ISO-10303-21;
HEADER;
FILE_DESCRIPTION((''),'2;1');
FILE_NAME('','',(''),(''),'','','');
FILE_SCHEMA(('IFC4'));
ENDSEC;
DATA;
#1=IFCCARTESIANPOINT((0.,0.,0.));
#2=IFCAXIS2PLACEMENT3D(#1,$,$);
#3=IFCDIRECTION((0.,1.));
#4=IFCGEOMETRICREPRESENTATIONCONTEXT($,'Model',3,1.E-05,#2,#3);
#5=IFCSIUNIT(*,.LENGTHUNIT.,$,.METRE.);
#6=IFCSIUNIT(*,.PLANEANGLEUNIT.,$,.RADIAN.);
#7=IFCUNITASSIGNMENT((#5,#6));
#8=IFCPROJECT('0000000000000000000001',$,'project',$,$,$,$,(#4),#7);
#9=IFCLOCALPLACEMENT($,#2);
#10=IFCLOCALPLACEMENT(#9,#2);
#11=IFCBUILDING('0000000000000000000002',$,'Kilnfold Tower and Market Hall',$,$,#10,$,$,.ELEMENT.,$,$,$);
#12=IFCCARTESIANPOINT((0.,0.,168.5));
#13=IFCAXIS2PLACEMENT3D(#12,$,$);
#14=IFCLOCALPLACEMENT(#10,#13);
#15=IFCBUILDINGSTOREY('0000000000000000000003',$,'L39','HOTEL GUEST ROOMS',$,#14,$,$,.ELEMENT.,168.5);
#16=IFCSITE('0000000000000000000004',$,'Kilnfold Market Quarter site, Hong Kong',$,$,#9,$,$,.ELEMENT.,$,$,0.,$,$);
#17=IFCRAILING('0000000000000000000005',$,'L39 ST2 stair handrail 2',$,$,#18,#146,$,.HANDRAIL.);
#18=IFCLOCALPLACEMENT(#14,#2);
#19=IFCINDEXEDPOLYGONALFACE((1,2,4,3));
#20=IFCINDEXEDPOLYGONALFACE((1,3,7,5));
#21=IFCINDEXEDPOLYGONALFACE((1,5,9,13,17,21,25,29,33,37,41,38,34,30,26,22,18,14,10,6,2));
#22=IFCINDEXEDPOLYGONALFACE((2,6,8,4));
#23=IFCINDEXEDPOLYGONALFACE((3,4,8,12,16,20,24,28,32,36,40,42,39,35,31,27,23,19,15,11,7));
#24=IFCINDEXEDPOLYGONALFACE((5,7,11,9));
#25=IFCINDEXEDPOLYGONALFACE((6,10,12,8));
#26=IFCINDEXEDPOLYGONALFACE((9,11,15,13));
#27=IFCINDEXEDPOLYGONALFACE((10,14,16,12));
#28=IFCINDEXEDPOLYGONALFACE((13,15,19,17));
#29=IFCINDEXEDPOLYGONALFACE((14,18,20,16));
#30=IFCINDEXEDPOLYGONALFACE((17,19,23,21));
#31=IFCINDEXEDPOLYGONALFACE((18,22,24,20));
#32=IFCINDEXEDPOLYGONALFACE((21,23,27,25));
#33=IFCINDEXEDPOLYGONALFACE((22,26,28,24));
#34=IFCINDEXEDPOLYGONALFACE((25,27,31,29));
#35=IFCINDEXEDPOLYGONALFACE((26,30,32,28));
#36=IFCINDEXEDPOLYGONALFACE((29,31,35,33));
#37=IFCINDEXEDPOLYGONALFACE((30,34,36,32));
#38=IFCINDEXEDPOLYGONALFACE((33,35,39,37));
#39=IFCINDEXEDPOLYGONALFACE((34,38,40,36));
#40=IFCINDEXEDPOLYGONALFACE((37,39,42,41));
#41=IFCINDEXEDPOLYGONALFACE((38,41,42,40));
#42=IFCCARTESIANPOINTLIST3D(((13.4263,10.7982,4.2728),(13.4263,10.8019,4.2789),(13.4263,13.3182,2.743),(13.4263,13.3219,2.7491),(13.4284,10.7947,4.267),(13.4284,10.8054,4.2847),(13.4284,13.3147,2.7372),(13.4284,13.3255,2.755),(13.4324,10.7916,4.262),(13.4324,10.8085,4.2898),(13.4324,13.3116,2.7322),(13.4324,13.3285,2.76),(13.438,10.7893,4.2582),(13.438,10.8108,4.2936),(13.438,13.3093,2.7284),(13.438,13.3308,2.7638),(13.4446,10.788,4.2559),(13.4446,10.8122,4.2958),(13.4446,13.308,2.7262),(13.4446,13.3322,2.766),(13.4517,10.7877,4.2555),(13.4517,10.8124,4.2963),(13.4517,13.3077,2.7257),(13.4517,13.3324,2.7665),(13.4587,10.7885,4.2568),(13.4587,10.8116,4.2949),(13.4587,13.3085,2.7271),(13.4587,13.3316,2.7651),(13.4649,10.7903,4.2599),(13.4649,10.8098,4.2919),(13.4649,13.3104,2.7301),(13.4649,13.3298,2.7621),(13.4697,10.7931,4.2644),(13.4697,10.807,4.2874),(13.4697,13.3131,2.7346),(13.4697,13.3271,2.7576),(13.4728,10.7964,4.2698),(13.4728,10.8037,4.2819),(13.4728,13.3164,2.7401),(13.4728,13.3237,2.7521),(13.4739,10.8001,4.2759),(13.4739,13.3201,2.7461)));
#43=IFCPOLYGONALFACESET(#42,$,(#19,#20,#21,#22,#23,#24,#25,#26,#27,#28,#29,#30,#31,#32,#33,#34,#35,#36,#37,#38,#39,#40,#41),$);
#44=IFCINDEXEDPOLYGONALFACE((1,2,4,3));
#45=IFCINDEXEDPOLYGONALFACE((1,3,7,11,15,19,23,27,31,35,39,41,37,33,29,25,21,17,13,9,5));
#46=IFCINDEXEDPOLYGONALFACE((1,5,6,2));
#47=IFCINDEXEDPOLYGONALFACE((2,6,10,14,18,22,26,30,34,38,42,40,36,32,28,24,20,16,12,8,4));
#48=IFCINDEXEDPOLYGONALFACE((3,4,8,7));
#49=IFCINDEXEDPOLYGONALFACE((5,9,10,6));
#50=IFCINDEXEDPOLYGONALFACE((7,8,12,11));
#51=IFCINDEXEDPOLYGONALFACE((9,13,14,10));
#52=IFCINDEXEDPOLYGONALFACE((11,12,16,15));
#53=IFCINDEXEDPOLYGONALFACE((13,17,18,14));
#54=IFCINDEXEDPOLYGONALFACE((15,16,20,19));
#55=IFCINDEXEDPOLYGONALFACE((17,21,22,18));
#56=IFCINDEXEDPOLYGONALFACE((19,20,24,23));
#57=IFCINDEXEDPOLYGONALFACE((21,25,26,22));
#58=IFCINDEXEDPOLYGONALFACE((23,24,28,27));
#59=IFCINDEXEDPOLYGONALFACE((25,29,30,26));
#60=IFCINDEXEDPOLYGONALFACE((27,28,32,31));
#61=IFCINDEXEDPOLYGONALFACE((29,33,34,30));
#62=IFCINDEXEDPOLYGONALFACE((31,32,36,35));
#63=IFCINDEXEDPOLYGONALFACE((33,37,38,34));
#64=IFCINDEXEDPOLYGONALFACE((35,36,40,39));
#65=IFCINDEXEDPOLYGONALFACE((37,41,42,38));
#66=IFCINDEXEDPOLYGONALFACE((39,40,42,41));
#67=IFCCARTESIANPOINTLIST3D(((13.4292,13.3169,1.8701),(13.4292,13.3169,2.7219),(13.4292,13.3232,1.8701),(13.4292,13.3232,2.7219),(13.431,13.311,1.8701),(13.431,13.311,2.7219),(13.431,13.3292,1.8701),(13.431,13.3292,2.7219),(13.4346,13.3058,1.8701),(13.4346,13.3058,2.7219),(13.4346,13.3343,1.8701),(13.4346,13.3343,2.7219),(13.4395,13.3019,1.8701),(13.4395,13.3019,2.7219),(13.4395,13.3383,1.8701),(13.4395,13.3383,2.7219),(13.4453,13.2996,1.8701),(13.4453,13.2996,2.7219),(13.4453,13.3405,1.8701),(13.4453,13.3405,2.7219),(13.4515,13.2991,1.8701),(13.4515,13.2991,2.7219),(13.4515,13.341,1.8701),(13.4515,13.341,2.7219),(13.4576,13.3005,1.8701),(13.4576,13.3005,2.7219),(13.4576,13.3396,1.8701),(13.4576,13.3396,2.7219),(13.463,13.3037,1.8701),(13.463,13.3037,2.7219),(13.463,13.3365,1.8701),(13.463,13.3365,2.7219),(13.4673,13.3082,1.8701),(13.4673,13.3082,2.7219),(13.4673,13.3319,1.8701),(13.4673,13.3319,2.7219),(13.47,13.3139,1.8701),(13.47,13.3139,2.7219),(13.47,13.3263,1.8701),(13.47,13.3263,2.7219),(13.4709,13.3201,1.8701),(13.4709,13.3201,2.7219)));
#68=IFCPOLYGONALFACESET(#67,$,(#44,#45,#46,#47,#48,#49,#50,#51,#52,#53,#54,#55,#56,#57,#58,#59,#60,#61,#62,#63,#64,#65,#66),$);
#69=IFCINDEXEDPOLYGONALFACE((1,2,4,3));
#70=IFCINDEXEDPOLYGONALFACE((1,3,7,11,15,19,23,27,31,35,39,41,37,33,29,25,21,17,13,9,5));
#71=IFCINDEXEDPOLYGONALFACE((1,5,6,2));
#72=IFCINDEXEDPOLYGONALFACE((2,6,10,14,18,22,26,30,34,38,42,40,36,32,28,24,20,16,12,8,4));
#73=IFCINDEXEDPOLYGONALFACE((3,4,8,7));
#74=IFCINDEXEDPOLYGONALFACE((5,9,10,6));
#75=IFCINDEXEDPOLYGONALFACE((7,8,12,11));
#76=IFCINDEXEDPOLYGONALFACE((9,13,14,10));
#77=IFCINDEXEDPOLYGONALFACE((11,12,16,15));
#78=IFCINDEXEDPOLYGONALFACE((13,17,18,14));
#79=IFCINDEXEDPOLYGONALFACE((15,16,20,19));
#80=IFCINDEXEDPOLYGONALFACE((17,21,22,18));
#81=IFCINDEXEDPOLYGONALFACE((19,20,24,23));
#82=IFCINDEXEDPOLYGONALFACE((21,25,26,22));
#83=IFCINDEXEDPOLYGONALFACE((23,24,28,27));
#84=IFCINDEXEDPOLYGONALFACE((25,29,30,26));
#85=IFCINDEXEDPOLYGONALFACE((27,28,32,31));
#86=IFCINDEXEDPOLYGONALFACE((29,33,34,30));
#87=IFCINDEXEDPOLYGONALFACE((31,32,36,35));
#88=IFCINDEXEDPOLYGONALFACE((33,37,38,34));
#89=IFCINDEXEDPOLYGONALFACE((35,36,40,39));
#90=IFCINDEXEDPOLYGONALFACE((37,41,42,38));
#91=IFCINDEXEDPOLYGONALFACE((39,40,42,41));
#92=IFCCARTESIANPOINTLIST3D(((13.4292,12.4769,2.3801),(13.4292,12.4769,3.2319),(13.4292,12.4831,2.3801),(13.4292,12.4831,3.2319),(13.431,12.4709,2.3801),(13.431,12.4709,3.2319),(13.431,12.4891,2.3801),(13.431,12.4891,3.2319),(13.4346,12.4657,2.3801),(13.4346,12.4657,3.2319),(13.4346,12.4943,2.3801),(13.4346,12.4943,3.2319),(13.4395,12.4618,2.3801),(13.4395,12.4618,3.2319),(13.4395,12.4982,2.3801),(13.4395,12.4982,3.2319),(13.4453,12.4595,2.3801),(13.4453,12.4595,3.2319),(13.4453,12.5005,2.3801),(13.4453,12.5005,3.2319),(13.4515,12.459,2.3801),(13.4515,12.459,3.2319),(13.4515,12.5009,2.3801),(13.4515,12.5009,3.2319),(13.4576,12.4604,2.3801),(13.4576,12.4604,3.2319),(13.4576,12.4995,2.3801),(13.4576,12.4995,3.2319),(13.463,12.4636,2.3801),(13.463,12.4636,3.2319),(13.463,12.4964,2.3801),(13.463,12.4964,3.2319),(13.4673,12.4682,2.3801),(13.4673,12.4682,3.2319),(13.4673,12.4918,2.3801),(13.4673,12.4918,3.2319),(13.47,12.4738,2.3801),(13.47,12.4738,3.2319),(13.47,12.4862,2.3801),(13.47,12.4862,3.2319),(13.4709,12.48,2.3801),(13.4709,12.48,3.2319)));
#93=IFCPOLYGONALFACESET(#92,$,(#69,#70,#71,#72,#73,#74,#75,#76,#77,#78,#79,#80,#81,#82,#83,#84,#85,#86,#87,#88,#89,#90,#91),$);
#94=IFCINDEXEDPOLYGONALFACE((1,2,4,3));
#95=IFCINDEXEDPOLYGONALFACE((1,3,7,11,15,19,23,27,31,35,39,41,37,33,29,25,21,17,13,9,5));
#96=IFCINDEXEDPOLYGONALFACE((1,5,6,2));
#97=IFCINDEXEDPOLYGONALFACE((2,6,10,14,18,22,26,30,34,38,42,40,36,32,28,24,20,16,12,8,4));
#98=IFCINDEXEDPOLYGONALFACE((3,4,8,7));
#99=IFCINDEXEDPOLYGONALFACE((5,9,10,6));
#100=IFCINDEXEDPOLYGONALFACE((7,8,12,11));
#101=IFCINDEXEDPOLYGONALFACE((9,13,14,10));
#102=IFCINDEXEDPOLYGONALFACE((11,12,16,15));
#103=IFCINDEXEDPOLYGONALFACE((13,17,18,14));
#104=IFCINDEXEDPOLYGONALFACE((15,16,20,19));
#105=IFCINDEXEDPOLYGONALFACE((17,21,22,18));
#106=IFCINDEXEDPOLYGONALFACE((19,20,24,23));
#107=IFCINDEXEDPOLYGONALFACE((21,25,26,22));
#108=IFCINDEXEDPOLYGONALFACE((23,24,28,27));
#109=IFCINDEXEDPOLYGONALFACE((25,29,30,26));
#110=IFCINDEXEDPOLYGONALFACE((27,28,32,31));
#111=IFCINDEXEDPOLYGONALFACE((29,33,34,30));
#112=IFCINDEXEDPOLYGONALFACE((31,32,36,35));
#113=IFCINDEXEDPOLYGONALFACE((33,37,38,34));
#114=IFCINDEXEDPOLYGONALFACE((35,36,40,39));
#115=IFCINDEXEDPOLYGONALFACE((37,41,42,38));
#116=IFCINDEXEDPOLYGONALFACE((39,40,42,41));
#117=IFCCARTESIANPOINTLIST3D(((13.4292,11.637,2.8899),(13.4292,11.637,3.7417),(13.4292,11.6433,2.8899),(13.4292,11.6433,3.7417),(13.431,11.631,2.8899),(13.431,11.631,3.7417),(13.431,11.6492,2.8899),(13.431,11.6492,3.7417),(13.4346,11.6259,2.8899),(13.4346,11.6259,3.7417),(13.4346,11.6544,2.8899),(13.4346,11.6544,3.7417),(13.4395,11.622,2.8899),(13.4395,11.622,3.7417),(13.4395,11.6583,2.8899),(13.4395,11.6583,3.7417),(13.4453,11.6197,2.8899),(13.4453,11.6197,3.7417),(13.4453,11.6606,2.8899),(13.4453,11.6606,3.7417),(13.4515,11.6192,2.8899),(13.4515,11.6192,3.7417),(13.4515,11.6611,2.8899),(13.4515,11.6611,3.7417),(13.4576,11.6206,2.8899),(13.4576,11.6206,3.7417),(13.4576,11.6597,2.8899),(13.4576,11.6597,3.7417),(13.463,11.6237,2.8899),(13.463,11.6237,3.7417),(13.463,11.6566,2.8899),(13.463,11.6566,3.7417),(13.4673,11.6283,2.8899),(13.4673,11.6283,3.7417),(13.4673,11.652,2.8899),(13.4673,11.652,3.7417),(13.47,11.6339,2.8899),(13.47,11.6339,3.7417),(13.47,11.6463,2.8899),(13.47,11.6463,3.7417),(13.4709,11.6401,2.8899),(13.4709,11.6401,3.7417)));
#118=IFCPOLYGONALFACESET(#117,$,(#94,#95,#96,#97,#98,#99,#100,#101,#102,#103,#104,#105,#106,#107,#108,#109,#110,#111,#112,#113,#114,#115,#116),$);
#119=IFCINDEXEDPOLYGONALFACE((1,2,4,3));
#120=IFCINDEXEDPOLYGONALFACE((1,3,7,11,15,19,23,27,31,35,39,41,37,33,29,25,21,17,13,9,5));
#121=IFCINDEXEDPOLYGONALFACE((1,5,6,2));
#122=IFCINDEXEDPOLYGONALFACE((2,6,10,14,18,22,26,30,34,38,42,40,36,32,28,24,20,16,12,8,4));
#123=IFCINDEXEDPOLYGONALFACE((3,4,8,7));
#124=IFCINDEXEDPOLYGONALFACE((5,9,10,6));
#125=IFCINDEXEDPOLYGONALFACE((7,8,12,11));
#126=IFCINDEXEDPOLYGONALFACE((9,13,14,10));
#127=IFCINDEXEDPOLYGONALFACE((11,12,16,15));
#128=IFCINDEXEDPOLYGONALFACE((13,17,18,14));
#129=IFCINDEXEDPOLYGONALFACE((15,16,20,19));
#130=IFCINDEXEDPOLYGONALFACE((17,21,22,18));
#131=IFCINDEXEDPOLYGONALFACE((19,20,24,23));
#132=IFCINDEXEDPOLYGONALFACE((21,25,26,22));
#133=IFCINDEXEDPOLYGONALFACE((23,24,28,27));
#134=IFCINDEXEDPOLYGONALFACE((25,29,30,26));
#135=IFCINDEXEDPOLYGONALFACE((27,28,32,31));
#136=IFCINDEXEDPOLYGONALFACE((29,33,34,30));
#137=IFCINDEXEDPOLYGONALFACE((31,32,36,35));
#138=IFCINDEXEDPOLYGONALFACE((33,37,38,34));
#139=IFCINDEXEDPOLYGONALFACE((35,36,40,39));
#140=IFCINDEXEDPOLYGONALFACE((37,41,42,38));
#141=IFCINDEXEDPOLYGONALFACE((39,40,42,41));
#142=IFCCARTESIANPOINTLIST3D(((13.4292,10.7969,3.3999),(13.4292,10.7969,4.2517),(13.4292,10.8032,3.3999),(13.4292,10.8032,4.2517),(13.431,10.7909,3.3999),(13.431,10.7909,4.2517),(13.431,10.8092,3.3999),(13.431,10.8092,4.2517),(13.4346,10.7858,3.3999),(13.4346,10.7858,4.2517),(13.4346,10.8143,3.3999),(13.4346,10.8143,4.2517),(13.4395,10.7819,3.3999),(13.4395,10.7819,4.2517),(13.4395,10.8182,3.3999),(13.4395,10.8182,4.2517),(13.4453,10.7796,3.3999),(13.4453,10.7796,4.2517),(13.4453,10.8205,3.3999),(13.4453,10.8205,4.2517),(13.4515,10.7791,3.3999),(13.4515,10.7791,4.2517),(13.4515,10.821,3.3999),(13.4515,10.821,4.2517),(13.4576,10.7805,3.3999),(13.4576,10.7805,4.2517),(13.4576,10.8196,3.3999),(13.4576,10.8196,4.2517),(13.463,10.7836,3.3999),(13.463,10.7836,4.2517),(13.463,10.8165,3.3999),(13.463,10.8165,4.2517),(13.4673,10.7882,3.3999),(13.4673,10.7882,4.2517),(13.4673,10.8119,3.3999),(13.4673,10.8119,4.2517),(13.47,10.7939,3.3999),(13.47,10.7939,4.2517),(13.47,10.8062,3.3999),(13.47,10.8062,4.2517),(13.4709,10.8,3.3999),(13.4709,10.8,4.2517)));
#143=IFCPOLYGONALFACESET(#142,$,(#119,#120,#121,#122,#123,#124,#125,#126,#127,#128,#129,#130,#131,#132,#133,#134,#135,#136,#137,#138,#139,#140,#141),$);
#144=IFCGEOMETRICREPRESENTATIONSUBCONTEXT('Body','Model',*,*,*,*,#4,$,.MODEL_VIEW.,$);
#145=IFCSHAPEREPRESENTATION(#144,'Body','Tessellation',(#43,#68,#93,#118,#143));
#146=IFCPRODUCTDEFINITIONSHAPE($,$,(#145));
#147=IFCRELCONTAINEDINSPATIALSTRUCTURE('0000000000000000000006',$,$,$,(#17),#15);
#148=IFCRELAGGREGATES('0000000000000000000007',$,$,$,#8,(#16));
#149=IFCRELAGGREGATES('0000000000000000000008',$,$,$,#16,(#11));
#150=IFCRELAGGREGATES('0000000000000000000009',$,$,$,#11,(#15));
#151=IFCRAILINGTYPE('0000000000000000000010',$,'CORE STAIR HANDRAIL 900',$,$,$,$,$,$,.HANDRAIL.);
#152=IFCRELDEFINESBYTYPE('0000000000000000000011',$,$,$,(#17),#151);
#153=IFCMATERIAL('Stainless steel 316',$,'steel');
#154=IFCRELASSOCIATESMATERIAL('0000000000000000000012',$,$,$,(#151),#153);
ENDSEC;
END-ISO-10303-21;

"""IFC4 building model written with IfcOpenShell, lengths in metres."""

from ifc_helpers import new_model, si_unit, direction, frame, origin, origin_2d, place, context, subcontext, project, spatial, circle, extrude, material, type_object, element, save


model = new_model("IFC4")

# Units and contexts
model_context = context("Model", 3, precision=1e-05, world=origin(), true_north=direction((0.0, 1.0)))
body_context = subcontext(model_context, "Body", "Model", "MODEL_VIEW")
ifc_project = project(units=[si_unit("LENGTHUNIT", "METRE"), si_unit("PLANEANGLEUNIT", "RADIAN")], contexts=[model_context])

# Site, building, storey
site_placement = place(None, origin())
site = spatial("IfcSite", under=ifc_project, at=site_placement, Name="Kilnfold Market Quarter site, Hong Kong", CompositionType="ELEMENT", RefElevation=0.0)
building_placement = place(site_placement, origin())
building = spatial("IfcBuilding", under=site, at=building_placement, Name="Kilnfold Tower and Market Hall", CompositionType="ELEMENT")
storey_placement = place(building_placement, frame((0.0, 0.0, 168.5)))
storey = spatial("IfcBuildingStorey", under=building, at=storey_placement, Name="L39", Description="HOTEL GUEST ROOMS", CompositionType="ELEMENT", Elevation=168.5)

# Railing
ifc_material_1 = material(Name="Stainless steel 316", Category="steel")
railing_type_1 = type_object("IfcRailingType", Name="CORE STAIR HANDRAIL 900", PredefinedType="HANDRAIL", material=ifc_material_1)
railing_1_placement = place(storey_placement, frame((13.45, 13.3201, 1.8701)))
element("IfcRailing", 1, at=railing_1_placement, inside=storey, type_object=railing_type_1, Name="L39 ST2 stair handrail 2", PredefinedType="HANDRAIL", context=body_context, shape_type="SweptSolid", body=[
    extrude(circle(Radius=0.0239, at=origin_2d()), frame((0.0, 0.0, 0.876), z_axis=(0.0, -0.854822, 0.518922), x_axis=(1.0, 0.0, 0.0)), (0.0, 0.0, 1.0), 2.948),
    extrude(circle(Radius=0.021, at=origin_2d()), origin(), (0.0, 0.0, 1.0), 0.8518),
    extrude(circle(Radius=0.021, at=origin_2d()), frame((0.0, -0.8401, 0.51)), (0.0, 0.0, 1.0), 0.8518),
    extrude(circle(Radius=0.021, at=origin_2d()), frame((0.0, -1.6799, 1.0198)), (0.0, 0.0, 1.0), 0.8518),
    extrude(circle(Radius=0.021, at=origin_2d()), frame((0.0, -2.52, 1.5298)), (0.0, 0.0, 1.0), 0.8518),
])

save(model, "model.ifc")
